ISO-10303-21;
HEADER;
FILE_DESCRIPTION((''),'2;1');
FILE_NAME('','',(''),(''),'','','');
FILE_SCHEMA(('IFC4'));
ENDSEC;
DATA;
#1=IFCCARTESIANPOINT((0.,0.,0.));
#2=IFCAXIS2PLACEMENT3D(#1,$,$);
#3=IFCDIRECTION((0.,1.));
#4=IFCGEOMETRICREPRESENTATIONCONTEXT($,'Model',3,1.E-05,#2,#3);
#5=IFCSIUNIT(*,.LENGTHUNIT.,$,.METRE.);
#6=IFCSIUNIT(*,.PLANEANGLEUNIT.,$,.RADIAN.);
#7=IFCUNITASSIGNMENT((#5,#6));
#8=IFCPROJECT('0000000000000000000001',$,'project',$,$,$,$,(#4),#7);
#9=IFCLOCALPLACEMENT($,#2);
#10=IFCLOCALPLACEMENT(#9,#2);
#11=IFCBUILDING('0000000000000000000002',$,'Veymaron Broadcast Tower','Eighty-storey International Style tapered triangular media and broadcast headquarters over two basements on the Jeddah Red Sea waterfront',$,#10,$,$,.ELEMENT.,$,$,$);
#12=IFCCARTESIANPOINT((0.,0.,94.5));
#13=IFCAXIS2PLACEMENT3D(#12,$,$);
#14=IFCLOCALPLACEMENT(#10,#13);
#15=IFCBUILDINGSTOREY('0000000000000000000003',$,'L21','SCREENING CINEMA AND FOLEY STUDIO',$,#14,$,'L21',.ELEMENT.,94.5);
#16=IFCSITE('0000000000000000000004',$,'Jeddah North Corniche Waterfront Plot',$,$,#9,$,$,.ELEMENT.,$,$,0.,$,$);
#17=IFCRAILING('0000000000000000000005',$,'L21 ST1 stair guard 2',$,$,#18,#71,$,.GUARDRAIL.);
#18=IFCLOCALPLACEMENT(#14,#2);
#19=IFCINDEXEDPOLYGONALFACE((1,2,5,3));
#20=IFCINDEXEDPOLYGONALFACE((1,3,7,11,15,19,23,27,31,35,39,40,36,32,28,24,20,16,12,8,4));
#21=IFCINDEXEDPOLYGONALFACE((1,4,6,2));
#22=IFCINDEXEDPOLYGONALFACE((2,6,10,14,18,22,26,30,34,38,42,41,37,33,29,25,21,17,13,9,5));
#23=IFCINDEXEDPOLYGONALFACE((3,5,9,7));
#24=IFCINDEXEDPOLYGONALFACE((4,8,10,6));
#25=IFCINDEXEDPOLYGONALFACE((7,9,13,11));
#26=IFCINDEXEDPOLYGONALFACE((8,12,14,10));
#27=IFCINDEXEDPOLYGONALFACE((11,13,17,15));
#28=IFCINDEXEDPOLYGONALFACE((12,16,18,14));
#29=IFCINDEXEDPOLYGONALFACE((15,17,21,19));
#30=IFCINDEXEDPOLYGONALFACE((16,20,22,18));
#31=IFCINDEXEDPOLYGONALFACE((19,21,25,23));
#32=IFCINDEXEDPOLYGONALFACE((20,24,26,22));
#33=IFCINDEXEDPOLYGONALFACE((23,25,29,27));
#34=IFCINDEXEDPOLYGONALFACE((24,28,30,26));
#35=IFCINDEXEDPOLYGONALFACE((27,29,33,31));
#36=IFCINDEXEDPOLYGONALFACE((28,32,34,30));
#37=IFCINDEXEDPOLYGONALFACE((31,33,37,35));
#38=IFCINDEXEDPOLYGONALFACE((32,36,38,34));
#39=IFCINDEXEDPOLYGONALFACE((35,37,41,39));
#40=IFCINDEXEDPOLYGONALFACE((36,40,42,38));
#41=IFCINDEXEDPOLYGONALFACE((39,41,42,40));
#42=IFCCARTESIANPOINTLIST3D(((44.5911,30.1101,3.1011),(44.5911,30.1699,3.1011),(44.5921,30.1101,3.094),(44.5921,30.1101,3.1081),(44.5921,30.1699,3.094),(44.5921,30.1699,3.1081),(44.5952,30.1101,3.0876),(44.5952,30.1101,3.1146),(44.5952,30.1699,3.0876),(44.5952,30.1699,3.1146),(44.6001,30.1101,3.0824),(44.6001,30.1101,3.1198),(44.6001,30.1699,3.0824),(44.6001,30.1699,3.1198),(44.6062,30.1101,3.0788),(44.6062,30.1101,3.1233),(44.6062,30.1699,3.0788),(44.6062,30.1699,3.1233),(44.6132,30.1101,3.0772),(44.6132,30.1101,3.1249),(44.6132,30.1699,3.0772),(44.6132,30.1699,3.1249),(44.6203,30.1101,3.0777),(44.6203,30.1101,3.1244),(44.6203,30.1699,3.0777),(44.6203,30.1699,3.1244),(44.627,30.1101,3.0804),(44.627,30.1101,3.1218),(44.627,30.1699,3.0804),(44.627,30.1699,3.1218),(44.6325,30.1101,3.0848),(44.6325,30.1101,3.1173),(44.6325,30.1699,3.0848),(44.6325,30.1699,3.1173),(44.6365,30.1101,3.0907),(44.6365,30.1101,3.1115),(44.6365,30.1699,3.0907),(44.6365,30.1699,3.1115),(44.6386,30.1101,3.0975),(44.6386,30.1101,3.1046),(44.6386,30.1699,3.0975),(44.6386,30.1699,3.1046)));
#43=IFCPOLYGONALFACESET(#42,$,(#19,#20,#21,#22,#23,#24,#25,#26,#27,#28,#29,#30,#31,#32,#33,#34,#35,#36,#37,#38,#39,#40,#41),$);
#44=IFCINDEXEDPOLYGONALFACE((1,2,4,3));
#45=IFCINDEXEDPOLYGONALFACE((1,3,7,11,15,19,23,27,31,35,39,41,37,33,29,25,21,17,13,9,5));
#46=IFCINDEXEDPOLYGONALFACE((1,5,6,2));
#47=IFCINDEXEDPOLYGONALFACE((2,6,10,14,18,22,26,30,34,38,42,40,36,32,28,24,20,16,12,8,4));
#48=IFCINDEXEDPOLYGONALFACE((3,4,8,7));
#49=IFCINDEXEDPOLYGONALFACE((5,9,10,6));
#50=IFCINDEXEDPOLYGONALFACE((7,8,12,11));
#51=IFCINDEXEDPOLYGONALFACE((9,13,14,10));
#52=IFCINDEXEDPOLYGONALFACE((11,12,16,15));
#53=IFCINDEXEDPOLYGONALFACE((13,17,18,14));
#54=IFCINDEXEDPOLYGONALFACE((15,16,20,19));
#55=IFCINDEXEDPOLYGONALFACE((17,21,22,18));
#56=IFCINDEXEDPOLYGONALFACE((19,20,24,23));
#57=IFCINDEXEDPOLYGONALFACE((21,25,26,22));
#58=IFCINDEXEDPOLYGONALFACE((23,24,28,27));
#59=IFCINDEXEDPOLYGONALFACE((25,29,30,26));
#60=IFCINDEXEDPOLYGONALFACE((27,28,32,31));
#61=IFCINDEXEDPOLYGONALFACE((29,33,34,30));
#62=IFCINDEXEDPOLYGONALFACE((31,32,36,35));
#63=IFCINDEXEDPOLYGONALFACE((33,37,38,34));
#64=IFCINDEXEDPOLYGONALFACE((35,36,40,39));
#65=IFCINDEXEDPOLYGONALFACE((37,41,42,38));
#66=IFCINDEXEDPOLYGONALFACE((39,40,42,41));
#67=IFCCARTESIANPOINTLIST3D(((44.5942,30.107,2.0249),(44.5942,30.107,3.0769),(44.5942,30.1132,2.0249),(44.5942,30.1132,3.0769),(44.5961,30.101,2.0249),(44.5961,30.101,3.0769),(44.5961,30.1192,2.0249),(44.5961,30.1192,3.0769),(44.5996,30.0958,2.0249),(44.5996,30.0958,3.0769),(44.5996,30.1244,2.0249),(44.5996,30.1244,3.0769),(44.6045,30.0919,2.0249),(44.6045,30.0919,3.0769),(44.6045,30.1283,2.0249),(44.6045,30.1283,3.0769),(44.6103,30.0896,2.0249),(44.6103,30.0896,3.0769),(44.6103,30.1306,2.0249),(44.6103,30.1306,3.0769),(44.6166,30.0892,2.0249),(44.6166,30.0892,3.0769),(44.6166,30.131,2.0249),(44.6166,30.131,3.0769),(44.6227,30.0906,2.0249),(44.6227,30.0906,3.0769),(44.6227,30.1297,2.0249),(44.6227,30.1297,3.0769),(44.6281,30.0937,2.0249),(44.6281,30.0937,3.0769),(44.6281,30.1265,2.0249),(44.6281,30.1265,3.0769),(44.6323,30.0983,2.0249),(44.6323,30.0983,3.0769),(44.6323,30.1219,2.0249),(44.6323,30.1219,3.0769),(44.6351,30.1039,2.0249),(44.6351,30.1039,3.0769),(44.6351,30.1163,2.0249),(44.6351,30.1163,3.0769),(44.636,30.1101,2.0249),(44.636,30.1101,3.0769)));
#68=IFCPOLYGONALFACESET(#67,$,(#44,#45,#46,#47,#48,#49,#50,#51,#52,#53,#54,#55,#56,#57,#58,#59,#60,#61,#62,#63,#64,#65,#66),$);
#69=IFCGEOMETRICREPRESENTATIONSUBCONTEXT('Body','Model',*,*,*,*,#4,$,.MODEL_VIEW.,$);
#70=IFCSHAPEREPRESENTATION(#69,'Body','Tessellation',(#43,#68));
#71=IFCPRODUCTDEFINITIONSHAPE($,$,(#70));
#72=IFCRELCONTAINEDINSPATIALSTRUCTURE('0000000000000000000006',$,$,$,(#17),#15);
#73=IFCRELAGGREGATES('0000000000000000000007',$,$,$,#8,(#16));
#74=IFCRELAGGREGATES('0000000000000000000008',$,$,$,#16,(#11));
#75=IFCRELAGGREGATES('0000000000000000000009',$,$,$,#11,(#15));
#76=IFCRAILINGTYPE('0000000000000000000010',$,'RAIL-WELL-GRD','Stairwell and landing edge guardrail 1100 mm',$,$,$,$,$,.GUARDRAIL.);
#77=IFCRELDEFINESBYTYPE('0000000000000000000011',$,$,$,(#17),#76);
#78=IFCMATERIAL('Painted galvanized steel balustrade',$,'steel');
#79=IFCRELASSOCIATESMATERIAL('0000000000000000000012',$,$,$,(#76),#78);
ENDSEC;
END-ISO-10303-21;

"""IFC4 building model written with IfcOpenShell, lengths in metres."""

from ifc_helpers import new_model, si_unit, direction, frame, origin, origin_2d, place, context, subcontext, project, spatial, circle, extrude, material, type_object, element, save


model = new_model("IFC4")

# Units and contexts
model_context = context("Model", 3, precision=1e-05, world=origin(), true_north=direction((0.0, 1.0)))
body_context = subcontext(model_context, "Body", "Model", "MODEL_VIEW")
ifc_project = project(units=[si_unit("LENGTHUNIT", "METRE"), si_unit("PLANEANGLEUNIT", "RADIAN")], contexts=[model_context])

# Site, building, storey
site_placement = place(None, origin())
site = spatial("IfcSite", under=ifc_project, at=site_placement, Name="Jeddah North Corniche Waterfront Plot", CompositionType="ELEMENT", RefElevation=0.0)
building_placement = place(site_placement, origin())
building = spatial("IfcBuilding", under=site, at=building_placement, Name="Veymaron Broadcast Tower", Description="Eighty-storey International Style tapered triangular media and broadcast headquarters over two basements on the Jeddah Red Sea waterfront", CompositionType="ELEMENT")
storey_placement = place(building_placement, frame((0.0, 0.0, 94.5)))
storey = spatial("IfcBuildingStorey", under=building, at=storey_placement, Name="L21", Description="SCREENING CINEMA AND FOLEY STUDIO", LongName="L21", CompositionType="ELEMENT", Elevation=94.5)

# Railing
ifc_material_1 = material(Name="Painted galvanized steel balustrade", Category="steel")
railing_type_1 = type_object("IfcRailingType", Name="RAIL-WELL-GRD", Description="Stairwell and landing edge guardrail 1100 mm", PredefinedType="GUARDRAIL", material=ifc_material_1)
railing_1_placement = place(storey_placement, frame((44.615, 30.1101, 2.0249)))
element("IfcRailing", 1, at=railing_1_placement, inside=storey, type_object=railing_type_1, Name="L21 ST1 stair guard 2", PredefinedType="GUARDRAIL", context=body_context, shape_type="SweptSolid", body=[
    extrude(circle(Radius=0.0239, at=origin_2d()), frame((0.0, 0.0, 1.0762), z_axis=(0.0, 1.0, 0.0), x_axis=(-1.0, 0.0, 0.0)), (0.0, 0.0, 1.0), 0.0598),
    extrude(circle(Radius=0.021, at=origin_2d()), origin(), (0.0, 0.0, 1.0), 1.052),
])

save(model, "model.ifc")
